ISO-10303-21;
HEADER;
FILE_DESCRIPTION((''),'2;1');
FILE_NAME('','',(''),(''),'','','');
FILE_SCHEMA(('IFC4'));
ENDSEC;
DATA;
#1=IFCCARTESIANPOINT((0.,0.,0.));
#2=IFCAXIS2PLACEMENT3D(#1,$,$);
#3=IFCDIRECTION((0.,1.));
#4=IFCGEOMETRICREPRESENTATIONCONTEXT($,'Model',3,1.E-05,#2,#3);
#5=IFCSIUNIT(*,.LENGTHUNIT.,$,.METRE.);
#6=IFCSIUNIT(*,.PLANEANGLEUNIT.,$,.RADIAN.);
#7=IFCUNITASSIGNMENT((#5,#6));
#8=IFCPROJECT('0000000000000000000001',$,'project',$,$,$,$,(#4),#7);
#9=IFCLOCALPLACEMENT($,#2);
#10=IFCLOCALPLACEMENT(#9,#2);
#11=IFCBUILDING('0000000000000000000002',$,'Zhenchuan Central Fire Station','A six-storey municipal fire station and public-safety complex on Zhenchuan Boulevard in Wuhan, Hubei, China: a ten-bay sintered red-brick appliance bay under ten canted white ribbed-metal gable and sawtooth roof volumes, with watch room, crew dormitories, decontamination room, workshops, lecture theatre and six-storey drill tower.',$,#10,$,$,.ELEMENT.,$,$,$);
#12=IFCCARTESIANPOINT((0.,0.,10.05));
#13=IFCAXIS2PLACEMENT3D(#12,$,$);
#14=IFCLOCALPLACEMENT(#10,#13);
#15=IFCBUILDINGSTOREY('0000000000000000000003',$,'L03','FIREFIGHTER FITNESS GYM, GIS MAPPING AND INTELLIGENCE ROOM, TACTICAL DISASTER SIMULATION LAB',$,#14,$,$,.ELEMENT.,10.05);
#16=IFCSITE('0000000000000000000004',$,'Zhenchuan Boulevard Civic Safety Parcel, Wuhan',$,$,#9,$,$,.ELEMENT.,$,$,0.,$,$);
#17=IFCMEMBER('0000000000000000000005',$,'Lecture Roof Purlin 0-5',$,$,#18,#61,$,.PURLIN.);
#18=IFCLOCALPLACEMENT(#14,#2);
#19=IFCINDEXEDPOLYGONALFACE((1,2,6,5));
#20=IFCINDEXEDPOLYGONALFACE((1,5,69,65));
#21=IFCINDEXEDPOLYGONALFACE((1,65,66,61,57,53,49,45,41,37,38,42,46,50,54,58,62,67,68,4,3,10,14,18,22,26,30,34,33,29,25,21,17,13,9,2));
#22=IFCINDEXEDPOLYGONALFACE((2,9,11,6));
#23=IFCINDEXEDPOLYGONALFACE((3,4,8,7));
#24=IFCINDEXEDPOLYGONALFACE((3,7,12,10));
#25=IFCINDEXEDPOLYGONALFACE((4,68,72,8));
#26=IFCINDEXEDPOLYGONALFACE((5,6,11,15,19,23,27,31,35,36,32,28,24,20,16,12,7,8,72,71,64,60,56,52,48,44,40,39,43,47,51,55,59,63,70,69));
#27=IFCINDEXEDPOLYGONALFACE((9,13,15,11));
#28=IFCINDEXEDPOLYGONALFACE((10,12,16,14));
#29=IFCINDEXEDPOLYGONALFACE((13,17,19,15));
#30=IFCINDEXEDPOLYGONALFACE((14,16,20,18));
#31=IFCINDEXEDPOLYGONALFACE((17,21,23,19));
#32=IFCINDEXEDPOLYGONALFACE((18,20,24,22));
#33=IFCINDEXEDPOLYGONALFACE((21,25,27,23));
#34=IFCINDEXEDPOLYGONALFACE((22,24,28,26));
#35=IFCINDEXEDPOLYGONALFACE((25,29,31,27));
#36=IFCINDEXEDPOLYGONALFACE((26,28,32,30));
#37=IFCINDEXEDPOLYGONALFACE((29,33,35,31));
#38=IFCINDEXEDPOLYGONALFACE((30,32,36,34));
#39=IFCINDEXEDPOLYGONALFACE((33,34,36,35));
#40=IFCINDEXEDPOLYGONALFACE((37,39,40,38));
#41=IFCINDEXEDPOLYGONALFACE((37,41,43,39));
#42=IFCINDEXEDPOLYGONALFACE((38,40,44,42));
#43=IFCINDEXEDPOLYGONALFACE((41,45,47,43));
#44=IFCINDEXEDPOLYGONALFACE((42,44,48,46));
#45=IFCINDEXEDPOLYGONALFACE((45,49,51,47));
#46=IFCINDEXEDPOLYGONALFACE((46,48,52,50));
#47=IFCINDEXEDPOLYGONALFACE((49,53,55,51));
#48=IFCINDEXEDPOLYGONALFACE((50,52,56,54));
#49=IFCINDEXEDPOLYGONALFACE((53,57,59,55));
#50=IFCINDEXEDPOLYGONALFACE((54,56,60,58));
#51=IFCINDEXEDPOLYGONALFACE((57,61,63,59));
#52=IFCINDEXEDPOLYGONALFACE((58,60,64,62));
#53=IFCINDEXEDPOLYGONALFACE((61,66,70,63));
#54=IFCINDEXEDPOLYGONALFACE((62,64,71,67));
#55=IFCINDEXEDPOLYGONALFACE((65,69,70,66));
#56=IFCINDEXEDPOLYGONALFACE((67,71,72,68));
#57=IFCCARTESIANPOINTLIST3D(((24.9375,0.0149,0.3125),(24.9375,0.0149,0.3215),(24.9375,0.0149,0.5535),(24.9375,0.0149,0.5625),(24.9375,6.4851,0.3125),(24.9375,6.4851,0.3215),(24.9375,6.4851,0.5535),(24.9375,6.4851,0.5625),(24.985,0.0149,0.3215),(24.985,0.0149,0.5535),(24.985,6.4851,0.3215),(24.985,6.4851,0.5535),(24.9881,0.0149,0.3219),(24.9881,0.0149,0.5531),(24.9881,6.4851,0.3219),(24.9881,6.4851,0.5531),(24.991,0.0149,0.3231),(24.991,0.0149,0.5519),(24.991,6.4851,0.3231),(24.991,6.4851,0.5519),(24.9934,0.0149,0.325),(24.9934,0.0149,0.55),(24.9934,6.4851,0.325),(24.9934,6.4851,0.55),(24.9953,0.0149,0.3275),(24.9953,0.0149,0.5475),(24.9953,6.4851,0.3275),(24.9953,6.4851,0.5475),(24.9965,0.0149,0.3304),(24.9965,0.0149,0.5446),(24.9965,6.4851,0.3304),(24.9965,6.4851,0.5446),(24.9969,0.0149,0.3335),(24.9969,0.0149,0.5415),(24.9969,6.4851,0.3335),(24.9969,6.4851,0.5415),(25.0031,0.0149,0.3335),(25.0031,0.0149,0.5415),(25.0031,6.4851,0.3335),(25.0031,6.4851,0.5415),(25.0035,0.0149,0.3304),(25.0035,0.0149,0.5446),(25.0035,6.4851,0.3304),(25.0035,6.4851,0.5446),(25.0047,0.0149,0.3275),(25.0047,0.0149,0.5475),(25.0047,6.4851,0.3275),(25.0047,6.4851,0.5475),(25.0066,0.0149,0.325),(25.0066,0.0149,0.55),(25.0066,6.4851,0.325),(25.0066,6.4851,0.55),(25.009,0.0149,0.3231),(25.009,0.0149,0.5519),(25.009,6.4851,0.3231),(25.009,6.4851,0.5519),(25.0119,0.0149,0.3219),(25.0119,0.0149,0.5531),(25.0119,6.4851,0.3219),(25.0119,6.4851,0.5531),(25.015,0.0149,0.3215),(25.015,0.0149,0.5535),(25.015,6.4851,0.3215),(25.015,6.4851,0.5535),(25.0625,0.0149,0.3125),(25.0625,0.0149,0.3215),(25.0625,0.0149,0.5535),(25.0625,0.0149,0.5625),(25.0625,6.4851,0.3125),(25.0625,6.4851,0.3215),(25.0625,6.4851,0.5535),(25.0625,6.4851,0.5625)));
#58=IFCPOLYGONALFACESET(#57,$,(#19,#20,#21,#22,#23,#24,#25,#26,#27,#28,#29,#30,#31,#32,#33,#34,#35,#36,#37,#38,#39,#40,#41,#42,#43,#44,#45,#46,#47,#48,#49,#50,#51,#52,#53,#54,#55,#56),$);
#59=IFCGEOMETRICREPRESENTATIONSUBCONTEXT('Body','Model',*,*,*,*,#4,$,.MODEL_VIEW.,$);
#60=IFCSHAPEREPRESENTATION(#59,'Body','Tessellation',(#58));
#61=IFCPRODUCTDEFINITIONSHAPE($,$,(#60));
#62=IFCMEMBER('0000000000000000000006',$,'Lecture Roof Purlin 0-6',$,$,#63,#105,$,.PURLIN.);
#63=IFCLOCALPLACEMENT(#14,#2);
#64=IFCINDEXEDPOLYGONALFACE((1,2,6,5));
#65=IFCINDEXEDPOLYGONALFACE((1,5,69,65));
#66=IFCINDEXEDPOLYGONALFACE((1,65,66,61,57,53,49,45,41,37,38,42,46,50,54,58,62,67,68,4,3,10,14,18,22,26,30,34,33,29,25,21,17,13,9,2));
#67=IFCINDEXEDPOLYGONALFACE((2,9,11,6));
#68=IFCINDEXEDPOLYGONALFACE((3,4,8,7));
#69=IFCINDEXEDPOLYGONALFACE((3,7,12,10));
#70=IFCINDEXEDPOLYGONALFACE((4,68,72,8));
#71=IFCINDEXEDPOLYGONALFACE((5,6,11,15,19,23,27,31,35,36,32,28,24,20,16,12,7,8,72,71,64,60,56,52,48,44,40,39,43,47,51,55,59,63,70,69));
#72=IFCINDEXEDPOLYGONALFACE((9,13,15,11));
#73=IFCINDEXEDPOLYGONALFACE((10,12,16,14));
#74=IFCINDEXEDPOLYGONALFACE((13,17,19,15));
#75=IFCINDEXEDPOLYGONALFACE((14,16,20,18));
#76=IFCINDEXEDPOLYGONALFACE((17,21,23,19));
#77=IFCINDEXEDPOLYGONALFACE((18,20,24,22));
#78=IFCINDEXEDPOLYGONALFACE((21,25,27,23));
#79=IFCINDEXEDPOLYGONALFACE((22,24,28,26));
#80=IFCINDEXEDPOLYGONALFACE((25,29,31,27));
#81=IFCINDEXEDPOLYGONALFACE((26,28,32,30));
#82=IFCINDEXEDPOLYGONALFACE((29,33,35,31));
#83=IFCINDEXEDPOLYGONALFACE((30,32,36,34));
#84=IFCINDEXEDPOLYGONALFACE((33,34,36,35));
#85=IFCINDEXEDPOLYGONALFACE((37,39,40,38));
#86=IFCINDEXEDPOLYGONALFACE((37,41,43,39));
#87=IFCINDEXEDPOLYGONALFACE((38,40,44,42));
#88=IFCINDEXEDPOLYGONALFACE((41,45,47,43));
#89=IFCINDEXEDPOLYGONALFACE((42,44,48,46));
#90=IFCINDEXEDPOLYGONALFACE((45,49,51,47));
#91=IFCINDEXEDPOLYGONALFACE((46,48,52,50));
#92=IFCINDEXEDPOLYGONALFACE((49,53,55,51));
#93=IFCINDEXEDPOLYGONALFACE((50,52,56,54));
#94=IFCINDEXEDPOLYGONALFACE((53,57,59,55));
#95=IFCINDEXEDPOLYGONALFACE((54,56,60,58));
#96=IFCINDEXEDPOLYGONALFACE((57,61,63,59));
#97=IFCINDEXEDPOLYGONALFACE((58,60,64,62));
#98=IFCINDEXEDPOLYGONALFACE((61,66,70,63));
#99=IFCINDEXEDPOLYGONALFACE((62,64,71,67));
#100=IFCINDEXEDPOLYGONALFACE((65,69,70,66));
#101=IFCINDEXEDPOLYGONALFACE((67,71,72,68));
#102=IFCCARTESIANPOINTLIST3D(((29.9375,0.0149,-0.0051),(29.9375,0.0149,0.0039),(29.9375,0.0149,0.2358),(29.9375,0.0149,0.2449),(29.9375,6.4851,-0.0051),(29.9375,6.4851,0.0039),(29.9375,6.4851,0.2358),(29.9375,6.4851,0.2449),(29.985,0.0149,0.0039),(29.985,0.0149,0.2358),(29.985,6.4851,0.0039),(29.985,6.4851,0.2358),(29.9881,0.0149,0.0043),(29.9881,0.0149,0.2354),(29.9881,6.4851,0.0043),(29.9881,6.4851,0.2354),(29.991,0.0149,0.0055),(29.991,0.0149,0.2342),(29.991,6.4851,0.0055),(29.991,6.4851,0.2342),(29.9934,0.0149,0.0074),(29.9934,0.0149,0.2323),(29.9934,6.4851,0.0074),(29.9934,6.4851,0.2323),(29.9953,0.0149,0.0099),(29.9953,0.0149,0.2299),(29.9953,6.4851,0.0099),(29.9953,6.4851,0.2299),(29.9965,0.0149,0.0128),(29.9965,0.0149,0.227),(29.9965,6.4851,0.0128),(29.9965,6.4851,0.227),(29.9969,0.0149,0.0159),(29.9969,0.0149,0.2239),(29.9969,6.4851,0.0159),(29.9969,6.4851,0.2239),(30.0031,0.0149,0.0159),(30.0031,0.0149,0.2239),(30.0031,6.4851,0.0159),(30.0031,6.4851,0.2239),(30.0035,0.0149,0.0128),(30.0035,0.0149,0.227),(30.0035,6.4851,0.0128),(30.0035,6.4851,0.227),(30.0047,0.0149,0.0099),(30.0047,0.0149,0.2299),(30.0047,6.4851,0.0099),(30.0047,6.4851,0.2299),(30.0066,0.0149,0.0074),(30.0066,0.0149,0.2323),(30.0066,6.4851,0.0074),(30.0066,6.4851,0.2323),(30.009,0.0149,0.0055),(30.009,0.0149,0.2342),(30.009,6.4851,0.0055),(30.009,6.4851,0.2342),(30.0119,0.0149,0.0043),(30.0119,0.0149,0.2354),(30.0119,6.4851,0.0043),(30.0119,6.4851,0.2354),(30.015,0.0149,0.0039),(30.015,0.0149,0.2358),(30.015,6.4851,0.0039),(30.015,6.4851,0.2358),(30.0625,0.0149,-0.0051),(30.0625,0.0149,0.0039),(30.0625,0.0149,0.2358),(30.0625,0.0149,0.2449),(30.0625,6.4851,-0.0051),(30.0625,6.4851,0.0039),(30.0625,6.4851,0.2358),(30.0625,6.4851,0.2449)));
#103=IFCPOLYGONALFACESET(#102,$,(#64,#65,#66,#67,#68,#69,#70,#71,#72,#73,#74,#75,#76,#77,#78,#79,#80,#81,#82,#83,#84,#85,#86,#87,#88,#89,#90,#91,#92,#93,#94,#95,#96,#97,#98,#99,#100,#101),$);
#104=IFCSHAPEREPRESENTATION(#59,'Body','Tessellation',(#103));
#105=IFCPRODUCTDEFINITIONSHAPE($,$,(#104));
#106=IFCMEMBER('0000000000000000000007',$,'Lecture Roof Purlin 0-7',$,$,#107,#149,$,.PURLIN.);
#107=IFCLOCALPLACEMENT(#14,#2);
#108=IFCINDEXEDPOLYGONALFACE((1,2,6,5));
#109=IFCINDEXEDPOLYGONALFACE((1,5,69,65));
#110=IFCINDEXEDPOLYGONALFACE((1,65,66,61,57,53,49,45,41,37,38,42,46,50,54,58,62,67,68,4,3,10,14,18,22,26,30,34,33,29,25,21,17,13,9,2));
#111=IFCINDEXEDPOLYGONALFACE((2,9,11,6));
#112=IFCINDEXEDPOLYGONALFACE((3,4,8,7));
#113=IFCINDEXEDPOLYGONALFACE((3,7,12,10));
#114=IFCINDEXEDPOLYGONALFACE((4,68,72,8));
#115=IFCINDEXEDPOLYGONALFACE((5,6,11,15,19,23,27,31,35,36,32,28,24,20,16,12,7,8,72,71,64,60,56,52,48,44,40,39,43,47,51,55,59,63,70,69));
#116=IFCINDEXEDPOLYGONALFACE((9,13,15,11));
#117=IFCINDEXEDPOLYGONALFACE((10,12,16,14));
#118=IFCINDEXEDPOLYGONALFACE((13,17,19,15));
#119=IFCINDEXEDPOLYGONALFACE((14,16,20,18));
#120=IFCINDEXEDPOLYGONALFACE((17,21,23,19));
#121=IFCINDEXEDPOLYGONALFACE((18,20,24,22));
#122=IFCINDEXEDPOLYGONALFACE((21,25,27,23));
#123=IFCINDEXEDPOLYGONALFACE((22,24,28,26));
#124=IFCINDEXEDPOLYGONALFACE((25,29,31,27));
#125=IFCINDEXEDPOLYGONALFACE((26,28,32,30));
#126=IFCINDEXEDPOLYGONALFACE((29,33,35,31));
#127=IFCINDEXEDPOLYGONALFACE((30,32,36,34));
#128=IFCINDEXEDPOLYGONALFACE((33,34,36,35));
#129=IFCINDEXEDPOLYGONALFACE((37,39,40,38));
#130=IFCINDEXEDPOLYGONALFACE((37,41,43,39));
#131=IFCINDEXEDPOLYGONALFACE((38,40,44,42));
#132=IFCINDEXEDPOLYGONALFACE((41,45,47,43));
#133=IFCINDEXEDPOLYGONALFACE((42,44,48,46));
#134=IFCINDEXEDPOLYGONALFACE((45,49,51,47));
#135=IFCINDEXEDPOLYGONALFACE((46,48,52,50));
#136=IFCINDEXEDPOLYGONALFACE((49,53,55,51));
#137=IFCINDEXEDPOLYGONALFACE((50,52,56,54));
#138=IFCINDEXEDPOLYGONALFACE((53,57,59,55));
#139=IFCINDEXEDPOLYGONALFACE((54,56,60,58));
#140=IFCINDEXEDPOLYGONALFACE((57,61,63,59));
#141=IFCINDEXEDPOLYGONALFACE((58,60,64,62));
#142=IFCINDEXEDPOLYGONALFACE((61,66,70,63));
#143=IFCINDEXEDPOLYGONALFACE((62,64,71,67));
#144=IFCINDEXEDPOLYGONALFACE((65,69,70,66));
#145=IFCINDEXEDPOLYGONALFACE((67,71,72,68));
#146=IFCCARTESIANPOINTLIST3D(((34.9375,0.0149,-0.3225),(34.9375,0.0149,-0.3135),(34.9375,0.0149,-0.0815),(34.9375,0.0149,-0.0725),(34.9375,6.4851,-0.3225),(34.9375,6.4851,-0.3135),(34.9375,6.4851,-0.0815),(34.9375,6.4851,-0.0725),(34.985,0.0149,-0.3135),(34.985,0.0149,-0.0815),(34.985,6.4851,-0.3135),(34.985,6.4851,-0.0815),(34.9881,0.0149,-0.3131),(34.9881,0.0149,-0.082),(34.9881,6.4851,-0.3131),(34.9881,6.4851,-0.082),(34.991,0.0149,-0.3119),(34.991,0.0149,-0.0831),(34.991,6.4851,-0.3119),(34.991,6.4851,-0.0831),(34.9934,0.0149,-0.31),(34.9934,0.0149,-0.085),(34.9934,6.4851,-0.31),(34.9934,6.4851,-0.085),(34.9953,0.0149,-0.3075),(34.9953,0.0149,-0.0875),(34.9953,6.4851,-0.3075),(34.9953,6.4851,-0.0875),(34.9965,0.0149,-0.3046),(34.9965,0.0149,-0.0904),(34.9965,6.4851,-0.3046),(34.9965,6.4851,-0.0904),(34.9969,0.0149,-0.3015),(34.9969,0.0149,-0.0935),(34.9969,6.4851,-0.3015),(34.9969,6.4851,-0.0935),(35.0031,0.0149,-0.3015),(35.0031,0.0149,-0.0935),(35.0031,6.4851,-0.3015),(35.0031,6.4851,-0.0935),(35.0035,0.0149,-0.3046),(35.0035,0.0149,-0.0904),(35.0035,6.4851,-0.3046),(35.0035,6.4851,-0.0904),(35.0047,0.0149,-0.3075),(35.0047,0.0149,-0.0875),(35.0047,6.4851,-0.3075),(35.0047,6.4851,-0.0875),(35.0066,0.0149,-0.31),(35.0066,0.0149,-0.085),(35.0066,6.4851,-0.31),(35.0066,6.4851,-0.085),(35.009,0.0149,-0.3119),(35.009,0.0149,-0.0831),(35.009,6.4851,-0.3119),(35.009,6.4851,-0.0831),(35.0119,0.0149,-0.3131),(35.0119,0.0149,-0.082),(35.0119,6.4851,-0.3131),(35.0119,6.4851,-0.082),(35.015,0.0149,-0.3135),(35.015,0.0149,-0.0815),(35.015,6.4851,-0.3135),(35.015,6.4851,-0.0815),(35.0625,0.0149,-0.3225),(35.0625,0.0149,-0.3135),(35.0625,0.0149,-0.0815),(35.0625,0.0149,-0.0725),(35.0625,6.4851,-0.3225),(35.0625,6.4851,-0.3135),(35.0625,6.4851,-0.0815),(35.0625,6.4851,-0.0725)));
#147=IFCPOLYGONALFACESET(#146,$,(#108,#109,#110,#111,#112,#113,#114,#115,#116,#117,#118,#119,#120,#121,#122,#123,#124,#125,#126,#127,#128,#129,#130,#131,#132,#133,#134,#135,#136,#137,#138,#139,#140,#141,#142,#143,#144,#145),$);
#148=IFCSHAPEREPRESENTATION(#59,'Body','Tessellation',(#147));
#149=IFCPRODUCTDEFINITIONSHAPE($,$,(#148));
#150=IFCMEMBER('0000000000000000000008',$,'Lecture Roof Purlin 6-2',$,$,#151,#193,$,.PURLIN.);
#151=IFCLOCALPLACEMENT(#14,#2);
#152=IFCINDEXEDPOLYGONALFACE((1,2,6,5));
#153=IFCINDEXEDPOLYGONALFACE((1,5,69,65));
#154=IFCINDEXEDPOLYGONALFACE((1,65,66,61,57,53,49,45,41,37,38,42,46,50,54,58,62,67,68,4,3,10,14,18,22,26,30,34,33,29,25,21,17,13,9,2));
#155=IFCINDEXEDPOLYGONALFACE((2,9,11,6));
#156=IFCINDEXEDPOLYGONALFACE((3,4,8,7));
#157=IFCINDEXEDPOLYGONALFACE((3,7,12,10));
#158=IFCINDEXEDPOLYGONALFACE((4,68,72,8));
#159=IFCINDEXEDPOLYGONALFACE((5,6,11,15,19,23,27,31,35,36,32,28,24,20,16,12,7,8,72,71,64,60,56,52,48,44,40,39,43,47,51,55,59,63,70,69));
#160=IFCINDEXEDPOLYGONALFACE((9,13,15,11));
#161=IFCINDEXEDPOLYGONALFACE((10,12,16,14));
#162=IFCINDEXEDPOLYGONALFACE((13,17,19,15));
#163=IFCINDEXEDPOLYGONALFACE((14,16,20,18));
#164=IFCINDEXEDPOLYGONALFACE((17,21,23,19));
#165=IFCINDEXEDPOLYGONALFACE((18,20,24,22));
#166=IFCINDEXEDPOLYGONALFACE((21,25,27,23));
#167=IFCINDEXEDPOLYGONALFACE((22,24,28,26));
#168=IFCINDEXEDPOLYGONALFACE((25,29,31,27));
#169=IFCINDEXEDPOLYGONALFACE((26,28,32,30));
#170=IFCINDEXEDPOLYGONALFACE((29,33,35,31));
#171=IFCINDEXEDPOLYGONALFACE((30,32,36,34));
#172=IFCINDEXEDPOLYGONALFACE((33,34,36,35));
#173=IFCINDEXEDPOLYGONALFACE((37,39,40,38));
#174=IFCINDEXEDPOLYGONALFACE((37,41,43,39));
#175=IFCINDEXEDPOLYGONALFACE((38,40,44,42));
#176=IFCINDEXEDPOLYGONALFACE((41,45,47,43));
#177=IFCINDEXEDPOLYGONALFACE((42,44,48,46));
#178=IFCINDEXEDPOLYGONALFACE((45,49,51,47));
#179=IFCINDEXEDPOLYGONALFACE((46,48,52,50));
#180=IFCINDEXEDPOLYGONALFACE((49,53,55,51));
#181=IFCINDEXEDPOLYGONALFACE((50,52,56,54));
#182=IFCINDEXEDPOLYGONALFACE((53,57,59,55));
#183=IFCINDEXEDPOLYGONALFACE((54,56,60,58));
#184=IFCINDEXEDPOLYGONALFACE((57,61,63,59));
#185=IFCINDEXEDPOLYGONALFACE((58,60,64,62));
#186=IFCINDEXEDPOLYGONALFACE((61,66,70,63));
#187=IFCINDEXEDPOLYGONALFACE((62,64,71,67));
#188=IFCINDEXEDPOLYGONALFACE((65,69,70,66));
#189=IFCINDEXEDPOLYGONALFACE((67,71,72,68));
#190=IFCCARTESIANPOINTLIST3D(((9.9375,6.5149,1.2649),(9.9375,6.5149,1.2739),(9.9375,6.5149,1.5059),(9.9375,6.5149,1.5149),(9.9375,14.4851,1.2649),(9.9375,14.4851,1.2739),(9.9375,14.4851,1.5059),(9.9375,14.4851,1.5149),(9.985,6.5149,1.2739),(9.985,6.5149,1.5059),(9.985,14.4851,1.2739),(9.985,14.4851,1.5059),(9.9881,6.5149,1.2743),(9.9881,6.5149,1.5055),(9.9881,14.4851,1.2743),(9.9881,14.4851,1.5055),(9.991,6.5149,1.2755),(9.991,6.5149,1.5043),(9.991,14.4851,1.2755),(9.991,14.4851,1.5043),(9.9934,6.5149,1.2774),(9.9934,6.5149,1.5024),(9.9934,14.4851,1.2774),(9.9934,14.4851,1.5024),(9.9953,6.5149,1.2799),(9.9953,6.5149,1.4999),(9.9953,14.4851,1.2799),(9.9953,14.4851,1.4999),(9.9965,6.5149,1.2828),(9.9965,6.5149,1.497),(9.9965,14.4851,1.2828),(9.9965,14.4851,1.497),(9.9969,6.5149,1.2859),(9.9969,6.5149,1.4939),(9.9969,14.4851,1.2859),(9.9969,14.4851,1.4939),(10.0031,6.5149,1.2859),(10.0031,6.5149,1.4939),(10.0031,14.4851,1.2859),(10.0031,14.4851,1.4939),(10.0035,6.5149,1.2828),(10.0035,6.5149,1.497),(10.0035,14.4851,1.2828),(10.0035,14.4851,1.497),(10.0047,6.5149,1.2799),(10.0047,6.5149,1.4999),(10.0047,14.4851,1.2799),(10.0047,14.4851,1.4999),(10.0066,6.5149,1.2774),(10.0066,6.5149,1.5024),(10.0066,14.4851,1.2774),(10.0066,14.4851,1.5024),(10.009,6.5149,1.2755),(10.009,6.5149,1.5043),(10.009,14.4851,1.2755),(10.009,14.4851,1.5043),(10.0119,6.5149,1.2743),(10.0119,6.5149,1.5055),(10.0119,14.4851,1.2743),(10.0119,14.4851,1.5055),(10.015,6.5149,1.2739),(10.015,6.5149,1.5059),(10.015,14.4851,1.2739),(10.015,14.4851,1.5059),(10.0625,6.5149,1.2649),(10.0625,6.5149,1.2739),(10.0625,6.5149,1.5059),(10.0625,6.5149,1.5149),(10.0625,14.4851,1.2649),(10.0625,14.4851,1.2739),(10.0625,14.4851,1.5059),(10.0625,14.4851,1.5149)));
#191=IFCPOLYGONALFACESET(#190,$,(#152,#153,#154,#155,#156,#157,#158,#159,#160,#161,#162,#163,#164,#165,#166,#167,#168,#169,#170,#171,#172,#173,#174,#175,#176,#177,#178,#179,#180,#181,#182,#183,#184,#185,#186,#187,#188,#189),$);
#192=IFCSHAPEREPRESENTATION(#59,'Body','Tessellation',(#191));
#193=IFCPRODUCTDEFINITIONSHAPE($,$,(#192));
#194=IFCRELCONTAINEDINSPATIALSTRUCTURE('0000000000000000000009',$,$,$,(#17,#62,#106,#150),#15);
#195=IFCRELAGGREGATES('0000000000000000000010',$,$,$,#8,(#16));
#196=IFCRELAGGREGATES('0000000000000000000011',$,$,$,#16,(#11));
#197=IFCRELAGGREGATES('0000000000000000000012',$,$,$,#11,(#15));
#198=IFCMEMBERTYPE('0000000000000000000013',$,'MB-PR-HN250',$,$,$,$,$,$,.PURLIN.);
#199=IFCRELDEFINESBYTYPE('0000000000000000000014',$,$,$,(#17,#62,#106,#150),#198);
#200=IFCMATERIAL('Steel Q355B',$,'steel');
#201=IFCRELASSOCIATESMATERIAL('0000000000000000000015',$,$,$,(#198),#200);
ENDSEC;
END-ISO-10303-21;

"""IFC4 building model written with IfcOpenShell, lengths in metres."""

from ifc_helpers import new_model, si_unit, direction, frame, origin, origin_2d, place, context, subcontext, project, spatial, i_section, extrude, material, material_profile, profile_set, type_object, element, save


model = new_model("IFC4")

# Units and contexts
model_context = context("Model", 3, precision=1e-05, world=origin(), true_north=direction((0.0, 1.0)))
body_context = subcontext(model_context, "Body", "Model", "MODEL_VIEW")
ifc_project = project(units=[si_unit("LENGTHUNIT", "METRE"), si_unit("PLANEANGLEUNIT", "RADIAN")], contexts=[model_context])

# Site, building, storey
site_placement = place(None, origin())
site = spatial("IfcSite", under=ifc_project, at=site_placement, Name="Zhenchuan Boulevard Civic Safety Parcel, Wuhan", CompositionType="ELEMENT", RefElevation=0.0)
building_placement = place(site_placement, origin())
building = spatial("IfcBuilding", under=site, at=building_placement, Name="Zhenchuan Central Fire Station", Description="A six-storey municipal fire station and public-safety complex on Zhenchuan Boulevard in Wuhan, Hubei, China: a ten-bay sintered red-brick appliance bay under ten canted white ribbed-metal gable and sawtooth roof volumes, with watch room, crew dormitories, decontamination room, workshops, lecture theatre and six-storey drill tower.", CompositionType="ELEMENT")
storey_placement = place(building_placement, frame((0.0, 0.0, 10.05)))
storey = spatial("IfcBuildingStorey", under=building, at=storey_placement, Name="L03", Description="FIREFIGHTER FITNESS GYM, GIS MAPPING AND INTELLIGENCE ROOM, TACTICAL DISASTER SIMULATION LAB", CompositionType="ELEMENT", Elevation=10.05)

# Shared definitions
ifc_material = material(Name="Steel Q355B", Category="steel")

# Members
ifc_material_profile_1 = material_profile(ifc_material, i_section(OverallWidth=0.125, OverallDepth=0.25, WebThickness=0.0061, FlangeThickness=0.009, FilletRadius=0.012, at=origin_2d()), Name="HN 250x125")
ifc_profile_set_1 = profile_set([ifc_material_profile_1], Name="Steel Q355B")
member_type_1 = type_object("IfcMemberType", Name="MB-PR-HN250", PredefinedType="PURLIN", material=ifc_profile_set_1)
for number, where, z_axis, x_axis, name in (
    (1, (25.0, 0.0149, 0.4375), (0.0, 1.0, 0.0), (-1.0, 0.0, 0.0), "Lecture Roof Purlin 0-5"),
    (2, (30.0, 0.0149, 0.1199), (0.0, 1.0, 0.0), (-1.0, 0.0, 0.0), "Lecture Roof Purlin 0-6"),
    (3, (35.0, 0.0149, -0.1975), (0.0, 1.0, 0.0), (-1.0, 0.0, 0.0), "Lecture Roof Purlin 0-7"),
):
    element("IfcMember", number, at=place(storey_placement, frame(where, z_axis=z_axis, x_axis=x_axis)), inside=storey, type_object=member_type_1, Name=name, PredefinedType="PURLIN", context=body_context, shape_type="SweptSolid", body=[
        extrude(i_section(OverallWidth=0.125, OverallDepth=0.25, WebThickness=0.0061, FlangeThickness=0.009, FilletRadius=0.012, at=origin_2d()), origin(), (0.0, 0.0, 1.0), 6.4702),
    ])
for number, where, z_axis, x_axis, name in (
    (4, (10.0, 6.5149, 1.3899), (0.0, 1.0, 0.0), (-1.0, 0.0, 0.0), "Lecture Roof Purlin 6-2"),
):
    element("IfcMember", number, at=place(storey_placement, frame(where, z_axis=z_axis, x_axis=x_axis)), inside=storey, type_object=member_type_1, Name=name, PredefinedType="PURLIN", context=body_context, shape_type="SweptSolid", body=[
        extrude(i_section(OverallWidth=0.125, OverallDepth=0.25, WebThickness=0.0061, FlangeThickness=0.009, FilletRadius=0.012, at=origin_2d()), origin(), (0.0, 0.0, 1.0), 7.9702),
    ])

save(model, "model.ifc")
